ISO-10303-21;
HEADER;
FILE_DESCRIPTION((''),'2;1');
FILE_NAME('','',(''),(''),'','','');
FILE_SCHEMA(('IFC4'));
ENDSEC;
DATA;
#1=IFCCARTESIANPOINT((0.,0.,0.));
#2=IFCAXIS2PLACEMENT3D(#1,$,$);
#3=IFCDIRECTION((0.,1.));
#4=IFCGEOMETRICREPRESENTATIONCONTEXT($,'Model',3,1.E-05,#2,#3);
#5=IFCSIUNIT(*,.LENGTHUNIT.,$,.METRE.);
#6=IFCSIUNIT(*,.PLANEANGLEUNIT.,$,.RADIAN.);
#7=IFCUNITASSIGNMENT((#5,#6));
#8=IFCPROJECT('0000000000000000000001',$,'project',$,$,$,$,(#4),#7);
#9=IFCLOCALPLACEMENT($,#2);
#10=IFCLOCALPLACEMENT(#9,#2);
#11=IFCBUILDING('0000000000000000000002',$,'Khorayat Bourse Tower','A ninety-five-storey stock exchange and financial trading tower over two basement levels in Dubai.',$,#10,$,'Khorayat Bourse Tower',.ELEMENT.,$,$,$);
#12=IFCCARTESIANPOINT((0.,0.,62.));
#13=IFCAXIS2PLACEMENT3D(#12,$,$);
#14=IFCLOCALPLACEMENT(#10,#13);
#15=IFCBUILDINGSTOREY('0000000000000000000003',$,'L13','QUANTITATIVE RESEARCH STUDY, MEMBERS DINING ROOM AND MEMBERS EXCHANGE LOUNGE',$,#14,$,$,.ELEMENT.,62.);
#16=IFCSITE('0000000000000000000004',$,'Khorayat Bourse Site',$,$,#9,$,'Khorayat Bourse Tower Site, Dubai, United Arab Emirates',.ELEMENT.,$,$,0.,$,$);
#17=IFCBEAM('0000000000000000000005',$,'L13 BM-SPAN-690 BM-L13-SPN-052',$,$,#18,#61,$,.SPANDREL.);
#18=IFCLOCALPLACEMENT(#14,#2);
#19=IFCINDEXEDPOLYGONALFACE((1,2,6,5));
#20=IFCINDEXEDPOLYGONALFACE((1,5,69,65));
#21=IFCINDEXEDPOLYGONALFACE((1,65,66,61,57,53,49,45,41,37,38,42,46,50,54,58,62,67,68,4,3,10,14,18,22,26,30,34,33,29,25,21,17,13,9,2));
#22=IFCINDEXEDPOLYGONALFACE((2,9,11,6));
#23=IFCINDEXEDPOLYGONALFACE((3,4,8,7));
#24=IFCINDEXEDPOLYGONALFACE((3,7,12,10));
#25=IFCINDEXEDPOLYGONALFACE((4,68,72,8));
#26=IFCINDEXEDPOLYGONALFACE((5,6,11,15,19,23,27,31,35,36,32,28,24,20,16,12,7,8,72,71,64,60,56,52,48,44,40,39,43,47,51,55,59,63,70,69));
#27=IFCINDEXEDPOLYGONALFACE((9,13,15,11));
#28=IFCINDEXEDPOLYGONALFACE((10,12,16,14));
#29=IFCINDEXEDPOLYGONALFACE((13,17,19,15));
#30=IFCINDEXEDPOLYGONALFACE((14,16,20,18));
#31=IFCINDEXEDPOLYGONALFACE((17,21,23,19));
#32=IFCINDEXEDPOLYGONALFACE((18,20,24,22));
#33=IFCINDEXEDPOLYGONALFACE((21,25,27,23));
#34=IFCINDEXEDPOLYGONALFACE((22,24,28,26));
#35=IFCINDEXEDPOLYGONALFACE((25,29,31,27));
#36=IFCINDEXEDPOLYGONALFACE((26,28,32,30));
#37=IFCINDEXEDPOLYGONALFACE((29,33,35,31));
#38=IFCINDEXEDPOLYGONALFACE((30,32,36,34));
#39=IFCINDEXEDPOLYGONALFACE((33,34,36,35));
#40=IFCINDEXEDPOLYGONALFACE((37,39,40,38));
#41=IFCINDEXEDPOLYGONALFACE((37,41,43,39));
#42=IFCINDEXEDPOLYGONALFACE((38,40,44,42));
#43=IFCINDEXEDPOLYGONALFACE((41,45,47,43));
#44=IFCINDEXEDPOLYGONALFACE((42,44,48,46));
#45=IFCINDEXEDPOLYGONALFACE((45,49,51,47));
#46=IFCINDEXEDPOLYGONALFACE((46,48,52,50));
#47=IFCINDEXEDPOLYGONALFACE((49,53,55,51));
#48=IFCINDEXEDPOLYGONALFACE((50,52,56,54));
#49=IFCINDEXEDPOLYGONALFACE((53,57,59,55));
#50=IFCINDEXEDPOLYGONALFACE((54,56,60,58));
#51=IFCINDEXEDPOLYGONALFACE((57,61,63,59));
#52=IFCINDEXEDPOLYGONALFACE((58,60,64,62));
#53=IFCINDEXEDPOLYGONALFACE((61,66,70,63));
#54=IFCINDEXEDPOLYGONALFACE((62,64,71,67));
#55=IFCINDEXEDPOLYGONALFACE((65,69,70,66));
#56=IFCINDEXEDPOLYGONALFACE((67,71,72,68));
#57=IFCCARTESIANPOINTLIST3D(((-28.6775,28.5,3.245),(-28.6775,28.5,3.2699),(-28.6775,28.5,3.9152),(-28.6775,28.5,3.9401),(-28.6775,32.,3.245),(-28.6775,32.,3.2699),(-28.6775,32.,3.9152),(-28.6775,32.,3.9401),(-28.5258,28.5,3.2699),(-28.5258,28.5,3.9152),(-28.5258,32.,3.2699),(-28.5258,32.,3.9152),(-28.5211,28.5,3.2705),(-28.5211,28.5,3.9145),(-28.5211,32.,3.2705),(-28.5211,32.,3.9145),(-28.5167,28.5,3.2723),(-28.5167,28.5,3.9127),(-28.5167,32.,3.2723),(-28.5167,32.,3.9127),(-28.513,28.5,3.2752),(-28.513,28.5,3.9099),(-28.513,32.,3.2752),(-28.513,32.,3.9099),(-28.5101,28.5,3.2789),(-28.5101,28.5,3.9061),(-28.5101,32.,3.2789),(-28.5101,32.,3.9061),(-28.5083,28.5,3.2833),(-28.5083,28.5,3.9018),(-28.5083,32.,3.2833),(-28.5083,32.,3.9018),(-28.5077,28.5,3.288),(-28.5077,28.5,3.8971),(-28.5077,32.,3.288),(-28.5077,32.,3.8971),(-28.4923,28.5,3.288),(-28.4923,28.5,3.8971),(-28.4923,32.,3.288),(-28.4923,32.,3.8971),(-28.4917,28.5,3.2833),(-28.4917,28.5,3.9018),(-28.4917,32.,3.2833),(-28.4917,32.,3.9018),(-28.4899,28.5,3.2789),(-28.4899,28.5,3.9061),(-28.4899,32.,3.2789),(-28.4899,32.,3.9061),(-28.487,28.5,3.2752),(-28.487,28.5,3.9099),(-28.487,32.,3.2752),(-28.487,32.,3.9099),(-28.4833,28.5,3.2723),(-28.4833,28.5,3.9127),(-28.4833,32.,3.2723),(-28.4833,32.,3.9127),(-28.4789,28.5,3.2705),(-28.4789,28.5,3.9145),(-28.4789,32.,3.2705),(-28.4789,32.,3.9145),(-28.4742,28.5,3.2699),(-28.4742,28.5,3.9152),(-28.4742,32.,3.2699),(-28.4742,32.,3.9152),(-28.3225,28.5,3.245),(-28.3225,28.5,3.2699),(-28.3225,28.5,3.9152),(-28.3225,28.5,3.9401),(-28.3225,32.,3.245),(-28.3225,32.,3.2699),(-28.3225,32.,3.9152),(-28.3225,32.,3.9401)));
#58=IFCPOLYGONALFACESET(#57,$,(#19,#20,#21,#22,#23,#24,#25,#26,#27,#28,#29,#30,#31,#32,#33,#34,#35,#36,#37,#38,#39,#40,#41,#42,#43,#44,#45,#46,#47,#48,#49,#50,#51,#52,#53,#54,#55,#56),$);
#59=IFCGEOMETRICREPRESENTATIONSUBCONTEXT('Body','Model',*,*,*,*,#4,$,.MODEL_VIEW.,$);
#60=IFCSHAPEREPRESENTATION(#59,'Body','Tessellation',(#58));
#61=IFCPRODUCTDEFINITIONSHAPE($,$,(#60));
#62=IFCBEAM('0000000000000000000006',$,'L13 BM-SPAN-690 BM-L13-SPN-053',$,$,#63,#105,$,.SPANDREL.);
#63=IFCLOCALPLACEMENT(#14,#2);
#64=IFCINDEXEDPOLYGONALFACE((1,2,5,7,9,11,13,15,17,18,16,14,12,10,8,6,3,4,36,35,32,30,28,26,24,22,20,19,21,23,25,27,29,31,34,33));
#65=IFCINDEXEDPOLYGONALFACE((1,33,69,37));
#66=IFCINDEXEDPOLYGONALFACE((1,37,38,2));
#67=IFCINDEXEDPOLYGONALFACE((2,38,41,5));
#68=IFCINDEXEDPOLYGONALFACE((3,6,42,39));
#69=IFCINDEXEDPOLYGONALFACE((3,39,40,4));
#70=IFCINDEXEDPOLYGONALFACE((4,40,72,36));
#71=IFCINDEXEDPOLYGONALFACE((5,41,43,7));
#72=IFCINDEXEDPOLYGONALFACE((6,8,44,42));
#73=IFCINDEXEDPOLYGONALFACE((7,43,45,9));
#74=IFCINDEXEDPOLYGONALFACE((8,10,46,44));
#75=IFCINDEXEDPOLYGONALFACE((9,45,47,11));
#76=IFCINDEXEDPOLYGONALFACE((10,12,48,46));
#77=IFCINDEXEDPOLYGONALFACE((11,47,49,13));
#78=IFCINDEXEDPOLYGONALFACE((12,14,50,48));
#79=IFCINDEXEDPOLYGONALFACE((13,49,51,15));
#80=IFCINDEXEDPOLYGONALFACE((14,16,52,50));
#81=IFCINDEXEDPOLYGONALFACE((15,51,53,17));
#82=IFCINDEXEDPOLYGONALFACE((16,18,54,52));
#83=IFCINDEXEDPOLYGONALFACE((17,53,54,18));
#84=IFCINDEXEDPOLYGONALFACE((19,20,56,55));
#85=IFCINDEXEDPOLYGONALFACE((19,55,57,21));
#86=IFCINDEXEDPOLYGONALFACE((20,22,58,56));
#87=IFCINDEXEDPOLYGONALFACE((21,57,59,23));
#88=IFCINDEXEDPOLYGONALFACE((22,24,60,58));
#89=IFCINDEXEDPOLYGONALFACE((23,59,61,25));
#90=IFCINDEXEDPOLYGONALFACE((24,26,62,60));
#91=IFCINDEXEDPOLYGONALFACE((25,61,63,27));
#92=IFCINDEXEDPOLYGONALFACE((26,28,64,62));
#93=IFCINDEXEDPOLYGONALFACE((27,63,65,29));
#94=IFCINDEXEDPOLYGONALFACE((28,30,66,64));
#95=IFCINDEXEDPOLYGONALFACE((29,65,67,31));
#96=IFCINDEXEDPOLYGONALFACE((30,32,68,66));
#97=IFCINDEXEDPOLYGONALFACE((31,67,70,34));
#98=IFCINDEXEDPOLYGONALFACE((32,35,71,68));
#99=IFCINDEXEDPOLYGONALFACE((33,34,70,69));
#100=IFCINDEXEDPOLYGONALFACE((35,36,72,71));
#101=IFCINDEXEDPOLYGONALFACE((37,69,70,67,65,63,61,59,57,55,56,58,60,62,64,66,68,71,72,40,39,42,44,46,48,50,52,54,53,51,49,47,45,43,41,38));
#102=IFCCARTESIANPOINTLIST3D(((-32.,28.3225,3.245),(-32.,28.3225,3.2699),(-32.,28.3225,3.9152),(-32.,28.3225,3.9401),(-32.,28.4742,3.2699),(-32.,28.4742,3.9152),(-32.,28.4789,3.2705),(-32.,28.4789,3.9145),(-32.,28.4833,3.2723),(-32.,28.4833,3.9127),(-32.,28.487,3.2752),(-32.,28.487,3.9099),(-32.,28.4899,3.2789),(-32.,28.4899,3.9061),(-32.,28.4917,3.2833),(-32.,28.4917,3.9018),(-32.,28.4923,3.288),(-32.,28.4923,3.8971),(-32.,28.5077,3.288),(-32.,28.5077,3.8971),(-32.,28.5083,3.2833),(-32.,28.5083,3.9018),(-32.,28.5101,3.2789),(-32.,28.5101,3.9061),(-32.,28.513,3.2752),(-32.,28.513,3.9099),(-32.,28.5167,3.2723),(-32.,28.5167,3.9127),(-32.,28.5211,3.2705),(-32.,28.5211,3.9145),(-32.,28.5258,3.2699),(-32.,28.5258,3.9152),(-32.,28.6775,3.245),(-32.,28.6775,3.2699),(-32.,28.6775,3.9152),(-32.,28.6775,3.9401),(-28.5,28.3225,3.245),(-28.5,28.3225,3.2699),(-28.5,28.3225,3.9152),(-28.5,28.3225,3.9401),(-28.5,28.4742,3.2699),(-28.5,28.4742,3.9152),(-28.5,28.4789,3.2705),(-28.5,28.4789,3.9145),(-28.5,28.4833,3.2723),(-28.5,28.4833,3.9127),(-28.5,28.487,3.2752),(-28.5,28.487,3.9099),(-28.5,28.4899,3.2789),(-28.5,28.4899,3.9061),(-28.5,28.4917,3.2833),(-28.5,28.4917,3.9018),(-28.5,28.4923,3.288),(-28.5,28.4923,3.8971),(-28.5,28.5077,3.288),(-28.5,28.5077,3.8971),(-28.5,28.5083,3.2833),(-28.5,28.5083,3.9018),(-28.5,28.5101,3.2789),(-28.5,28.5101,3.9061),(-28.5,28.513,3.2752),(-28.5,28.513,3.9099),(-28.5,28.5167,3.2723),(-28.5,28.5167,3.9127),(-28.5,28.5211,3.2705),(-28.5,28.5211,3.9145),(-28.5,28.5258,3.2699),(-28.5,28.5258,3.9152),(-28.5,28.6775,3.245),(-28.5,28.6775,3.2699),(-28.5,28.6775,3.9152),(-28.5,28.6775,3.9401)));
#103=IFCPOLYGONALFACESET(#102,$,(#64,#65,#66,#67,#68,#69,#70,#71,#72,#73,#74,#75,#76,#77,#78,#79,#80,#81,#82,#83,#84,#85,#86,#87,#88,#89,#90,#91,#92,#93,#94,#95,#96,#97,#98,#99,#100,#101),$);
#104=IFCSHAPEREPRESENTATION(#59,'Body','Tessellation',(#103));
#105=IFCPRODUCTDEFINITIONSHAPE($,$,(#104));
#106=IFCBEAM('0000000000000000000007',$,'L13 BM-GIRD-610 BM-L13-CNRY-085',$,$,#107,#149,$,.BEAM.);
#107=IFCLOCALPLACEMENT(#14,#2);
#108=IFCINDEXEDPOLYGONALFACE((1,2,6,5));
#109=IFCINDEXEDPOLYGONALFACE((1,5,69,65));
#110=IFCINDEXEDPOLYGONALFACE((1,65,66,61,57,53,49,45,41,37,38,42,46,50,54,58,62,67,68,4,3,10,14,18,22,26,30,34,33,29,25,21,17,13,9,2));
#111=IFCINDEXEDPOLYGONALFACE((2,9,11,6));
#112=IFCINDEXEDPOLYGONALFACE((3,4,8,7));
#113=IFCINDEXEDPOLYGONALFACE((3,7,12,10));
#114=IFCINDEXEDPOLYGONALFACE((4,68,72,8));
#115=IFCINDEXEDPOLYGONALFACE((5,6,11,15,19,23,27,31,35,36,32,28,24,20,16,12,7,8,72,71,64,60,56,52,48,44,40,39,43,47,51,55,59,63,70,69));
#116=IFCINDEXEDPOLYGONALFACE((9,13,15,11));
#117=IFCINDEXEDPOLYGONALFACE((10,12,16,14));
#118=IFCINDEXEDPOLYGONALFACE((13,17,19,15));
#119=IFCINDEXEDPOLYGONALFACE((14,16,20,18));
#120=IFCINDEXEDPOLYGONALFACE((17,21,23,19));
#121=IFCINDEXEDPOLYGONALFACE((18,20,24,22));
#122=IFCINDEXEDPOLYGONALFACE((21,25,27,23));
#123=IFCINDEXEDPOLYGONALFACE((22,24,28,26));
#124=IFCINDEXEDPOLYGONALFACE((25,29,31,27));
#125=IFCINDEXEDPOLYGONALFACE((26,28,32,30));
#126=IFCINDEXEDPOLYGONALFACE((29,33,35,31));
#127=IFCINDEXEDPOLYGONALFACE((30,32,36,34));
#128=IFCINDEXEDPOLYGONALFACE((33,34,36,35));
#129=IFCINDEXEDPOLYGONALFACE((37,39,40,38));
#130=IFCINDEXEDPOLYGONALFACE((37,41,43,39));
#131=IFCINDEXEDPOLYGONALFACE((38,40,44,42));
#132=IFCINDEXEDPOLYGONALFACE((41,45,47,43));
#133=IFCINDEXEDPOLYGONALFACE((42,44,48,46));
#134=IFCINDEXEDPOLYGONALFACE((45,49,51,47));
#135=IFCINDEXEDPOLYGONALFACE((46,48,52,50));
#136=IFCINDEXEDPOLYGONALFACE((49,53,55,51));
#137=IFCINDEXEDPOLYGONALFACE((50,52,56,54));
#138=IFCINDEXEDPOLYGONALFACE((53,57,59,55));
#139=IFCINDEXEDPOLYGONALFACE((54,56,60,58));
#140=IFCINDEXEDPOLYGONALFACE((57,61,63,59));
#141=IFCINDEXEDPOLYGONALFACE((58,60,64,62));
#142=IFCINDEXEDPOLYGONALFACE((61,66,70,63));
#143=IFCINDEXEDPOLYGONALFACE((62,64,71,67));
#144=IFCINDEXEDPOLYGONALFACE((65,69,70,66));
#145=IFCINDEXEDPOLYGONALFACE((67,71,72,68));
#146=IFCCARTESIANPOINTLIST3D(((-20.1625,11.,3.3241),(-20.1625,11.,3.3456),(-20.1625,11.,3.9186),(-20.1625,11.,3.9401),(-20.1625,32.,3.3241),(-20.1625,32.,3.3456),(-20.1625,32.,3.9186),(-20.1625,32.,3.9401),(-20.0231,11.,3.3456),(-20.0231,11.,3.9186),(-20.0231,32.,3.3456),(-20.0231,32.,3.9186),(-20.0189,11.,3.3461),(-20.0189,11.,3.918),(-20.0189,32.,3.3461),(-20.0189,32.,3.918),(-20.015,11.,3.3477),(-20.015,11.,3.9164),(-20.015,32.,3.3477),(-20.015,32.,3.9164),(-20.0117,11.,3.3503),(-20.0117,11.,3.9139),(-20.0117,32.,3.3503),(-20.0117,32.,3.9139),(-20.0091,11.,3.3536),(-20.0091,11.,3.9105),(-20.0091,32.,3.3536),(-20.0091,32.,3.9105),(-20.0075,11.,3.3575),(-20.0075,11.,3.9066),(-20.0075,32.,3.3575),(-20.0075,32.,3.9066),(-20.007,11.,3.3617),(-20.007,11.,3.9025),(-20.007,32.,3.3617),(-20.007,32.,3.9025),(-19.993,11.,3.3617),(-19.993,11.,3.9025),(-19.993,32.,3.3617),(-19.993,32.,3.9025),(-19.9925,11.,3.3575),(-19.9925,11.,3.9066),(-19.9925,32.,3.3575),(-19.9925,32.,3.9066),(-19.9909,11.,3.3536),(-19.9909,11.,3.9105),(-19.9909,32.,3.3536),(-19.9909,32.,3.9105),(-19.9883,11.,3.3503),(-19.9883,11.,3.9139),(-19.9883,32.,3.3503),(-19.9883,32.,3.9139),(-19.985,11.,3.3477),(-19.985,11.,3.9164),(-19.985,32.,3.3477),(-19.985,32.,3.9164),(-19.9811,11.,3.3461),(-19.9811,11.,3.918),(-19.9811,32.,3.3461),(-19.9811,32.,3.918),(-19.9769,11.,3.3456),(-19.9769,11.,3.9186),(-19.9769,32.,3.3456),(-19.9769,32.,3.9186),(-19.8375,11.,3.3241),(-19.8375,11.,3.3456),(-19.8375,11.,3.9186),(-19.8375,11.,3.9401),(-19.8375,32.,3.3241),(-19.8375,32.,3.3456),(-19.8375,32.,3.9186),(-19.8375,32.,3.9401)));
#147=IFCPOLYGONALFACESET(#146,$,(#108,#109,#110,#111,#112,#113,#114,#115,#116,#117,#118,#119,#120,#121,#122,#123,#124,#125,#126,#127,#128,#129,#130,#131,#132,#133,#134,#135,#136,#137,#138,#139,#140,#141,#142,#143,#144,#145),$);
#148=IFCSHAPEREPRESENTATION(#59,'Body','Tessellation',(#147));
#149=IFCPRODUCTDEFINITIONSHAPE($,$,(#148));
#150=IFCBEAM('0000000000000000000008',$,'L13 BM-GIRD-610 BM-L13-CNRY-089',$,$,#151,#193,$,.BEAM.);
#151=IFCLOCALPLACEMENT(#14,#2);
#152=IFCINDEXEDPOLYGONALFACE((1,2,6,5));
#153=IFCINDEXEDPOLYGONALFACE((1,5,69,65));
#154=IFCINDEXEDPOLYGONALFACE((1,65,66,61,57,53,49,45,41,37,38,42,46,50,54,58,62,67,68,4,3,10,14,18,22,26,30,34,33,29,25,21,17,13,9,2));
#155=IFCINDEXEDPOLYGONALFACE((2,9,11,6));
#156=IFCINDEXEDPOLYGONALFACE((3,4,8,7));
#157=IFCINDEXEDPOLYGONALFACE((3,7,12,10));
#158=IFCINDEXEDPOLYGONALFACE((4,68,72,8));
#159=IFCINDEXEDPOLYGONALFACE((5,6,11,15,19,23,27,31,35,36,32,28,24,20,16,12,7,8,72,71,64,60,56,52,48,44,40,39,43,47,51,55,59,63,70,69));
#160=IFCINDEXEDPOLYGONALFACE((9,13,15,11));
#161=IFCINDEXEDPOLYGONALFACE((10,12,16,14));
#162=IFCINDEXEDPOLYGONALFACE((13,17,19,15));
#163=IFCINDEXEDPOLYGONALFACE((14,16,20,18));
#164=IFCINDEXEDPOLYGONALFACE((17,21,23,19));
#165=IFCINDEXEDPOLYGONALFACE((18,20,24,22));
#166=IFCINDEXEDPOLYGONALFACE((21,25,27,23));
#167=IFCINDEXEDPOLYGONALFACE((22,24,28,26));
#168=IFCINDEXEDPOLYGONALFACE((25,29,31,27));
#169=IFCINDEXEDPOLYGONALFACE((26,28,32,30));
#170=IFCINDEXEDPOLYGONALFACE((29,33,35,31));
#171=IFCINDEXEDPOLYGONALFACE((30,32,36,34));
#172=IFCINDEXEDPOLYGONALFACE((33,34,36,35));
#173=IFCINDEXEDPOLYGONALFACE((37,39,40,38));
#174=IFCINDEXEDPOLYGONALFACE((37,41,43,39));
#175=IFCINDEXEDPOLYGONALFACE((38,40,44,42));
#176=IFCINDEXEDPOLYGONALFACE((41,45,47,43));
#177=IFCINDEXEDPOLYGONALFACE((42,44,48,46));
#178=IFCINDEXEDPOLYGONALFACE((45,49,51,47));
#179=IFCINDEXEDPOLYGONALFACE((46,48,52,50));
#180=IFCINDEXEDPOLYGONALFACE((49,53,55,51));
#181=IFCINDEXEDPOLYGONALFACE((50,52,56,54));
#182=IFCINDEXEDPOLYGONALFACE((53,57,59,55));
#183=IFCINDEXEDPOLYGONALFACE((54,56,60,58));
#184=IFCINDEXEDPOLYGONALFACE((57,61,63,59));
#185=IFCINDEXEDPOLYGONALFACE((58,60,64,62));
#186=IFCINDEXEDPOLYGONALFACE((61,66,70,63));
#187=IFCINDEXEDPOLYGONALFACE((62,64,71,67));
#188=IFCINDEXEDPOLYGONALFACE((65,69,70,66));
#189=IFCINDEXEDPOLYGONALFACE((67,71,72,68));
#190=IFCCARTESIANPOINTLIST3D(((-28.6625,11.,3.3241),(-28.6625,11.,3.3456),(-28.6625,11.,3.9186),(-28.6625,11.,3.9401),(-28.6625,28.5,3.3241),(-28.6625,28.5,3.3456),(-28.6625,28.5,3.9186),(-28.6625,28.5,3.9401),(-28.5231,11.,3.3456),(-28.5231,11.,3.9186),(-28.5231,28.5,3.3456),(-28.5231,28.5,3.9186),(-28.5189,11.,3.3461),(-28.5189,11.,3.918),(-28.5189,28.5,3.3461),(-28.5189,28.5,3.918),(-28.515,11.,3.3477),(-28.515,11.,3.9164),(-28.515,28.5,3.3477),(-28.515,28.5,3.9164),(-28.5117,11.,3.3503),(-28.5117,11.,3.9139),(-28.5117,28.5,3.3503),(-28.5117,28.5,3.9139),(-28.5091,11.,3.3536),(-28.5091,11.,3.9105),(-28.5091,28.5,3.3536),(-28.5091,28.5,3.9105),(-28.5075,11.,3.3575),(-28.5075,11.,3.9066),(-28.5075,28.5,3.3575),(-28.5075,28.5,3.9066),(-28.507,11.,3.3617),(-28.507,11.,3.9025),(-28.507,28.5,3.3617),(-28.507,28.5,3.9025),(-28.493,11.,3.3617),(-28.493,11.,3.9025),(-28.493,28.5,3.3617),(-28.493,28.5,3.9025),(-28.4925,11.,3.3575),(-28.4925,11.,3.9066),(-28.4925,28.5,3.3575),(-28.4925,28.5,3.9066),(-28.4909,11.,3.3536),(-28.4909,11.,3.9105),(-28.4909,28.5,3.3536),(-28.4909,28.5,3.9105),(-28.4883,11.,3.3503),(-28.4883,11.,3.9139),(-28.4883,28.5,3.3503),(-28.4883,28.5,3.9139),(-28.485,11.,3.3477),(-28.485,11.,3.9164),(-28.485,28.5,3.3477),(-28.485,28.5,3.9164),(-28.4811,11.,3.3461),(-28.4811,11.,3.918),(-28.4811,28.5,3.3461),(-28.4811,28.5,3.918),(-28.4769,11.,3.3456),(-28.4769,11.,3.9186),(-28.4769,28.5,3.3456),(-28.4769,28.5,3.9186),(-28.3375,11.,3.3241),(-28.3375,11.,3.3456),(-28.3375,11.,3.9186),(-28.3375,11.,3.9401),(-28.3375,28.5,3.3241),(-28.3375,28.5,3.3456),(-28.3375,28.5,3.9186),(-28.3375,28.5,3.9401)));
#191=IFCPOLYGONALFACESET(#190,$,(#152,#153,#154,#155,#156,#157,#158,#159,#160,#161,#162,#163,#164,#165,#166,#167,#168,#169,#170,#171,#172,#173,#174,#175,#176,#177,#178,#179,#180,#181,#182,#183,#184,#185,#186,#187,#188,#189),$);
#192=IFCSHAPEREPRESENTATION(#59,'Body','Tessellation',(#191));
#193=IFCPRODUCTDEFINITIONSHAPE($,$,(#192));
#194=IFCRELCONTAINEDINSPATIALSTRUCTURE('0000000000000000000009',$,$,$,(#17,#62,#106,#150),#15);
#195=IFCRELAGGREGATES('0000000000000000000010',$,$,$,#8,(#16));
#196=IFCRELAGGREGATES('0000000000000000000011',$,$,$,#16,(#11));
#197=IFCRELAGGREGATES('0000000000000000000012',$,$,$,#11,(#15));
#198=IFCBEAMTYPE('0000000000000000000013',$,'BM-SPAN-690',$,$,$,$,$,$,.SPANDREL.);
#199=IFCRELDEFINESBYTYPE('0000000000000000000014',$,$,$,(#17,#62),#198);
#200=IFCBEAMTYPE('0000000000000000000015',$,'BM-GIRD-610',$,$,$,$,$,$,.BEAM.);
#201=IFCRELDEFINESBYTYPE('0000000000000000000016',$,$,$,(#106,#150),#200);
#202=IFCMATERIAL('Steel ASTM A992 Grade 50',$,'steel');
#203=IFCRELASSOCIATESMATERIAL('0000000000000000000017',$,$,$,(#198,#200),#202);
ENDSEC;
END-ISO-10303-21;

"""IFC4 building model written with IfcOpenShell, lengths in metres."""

from ifc_helpers import new_model, si_unit, direction, frame, origin, origin_2d, place, context, subcontext, project, spatial, i_section, extrude, source, transform, mapped, material, material_profile, profile_set, type_object, element, save


model = new_model("IFC4")

# Units and contexts
model_context = context("Model", 3, precision=1e-05, world=origin(), true_north=direction((0.0, 1.0)))
body_context = subcontext(model_context, "Body", "Model", "MODEL_VIEW")
ifc_project = project(units=[si_unit("LENGTHUNIT", "METRE"), si_unit("PLANEANGLEUNIT", "RADIAN")], contexts=[model_context])

# Site, building, storey
site_placement = place(None, origin())
site = spatial("IfcSite", under=ifc_project, at=site_placement, Name="Khorayat Bourse Site", LongName="Khorayat Bourse Tower Site, Dubai, United Arab Emirates", CompositionType="ELEMENT", RefElevation=0.0)
building_placement = place(site_placement, origin())
building = spatial("IfcBuilding", under=site, at=building_placement, Name="Khorayat Bourse Tower", Description="A ninety-five-storey stock exchange and financial trading tower over two basement levels in Dubai.", LongName="Khorayat Bourse Tower", CompositionType="ELEMENT")
storey_placement = place(building_placement, frame((0.0, 0.0, 62.0)))
storey = spatial("IfcBuildingStorey", under=building, at=storey_placement, Name="L13", Description="QUANTITATIVE RESEARCH STUDY, MEMBERS DINING ROOM AND MEMBERS EXCHANGE LOUNGE", CompositionType="ELEMENT", Elevation=62.0)

# Beams
ifc_material_1 = material(Name="Steel ASTM A992 Grade 50", Category="steel")
ifc_material_profile_1 = material_profile(ifc_material_1, i_section(OverallWidth=0.355, OverallDepth=0.6951, WebThickness=0.0154, FlangeThickness=0.0249, FilletRadius=0.0181, at=origin_2d()), Name="W690X217")
ifc_profile_set_1 = profile_set([ifc_material_profile_1], Name="Steel ASTM A992 Grade 50")
beam_type_1 = type_object("IfcBeamType", Name="BM-SPAN-690", PredefinedType="SPANDREL", material=ifc_profile_set_1)
shared_shape_1 = source(origin(), body_context, "Body", "SweptSolid", [
    extrude(i_section(OverallWidth=0.355, OverallDepth=0.6951, WebThickness=0.0154, FlangeThickness=0.0249, FilletRadius=0.0181, at=origin_2d()), origin(), (0.0, 0.0, 1.0), 3.5),
])
for number, where, z_axis, x_axis, name in (
    (1, (-28.5, 28.5, 3.5925), (0.0, 1.0, 0.0), (-1.0, 0.0, 0.0), "L13 BM-SPAN-690 BM-L13-SPN-052"),
    (2, (-32.0, 28.5, 3.5925), (1.0, 0.0, 0.0), (0.0, 1.0, 0.0), "L13 BM-SPAN-690 BM-L13-SPN-053"),
):
    element("IfcBeam", number, at=place(storey_placement, frame(where, z_axis=z_axis, x_axis=x_axis)), inside=storey, type_object=beam_type_1, Name=name, PredefinedType="SPANDREL", context=body_context, shape_type="MappedRepresentation", body=[
        mapped(shared_shape_1, transform((0.0, 0.0, 0.0), scale=1.0)),
    ])
ifc_material_profile_2 = material_profile(ifc_material_1, i_section(OverallWidth=0.325, OverallDepth=0.616, WebThickness=0.0139, FlangeThickness=0.0215, FilletRadius=0.0161, at=origin_2d()), Name="W610X174")
ifc_profile_set_2 = profile_set([ifc_material_profile_2], Name="Steel ASTM A992 Grade 50")
beam_type_2 = type_object("IfcBeamType", Name="BM-GIRD-610", PredefinedType="BEAM", material=ifc_profile_set_2)
shared_shape_2 = source(origin(), body_context, "Body", "SweptSolid", [
    extrude(i_section(OverallWidth=0.325, OverallDepth=0.616, WebThickness=0.0139, FlangeThickness=0.0215, FilletRadius=0.0161, at=origin_2d()), origin(), (0.0, 0.0, 1.0), 21.0),
])
beam_1_placement = place(storey_placement, frame((-20.0, 11.0, 3.6321), z_axis=(0.0, 1.0, 0.0), x_axis=(-1.0, 0.0, 0.0)))
element("IfcBeam", 3, at=beam_1_placement, inside=storey, type_object=beam_type_2, Name="L13 BM-GIRD-610 BM-L13-CNRY-085", PredefinedType="BEAM", context=body_context, shape_type="MappedRepresentation", body=[
    mapped(shared_shape_2, transform((0.0, 0.0, 0.0), scale=1.0)),
])
shared_shape_3 = source(origin(), body_context, "Body", "SweptSolid", [
    extrude(i_section(OverallWidth=0.325, OverallDepth=0.616, WebThickness=0.0139, FlangeThickness=0.0215, FilletRadius=0.0161, at=origin_2d()), origin(), (0.0, 0.0, 1.0), 17.5),
])
beam_2_placement = place(storey_placement, frame((-28.5, 11.0, 3.6321), z_axis=(0.0, 1.0, 0.0), x_axis=(-1.0, 0.0, 0.0)))
element("IfcBeam", 4, at=beam_2_placement, inside=storey, type_object=beam_type_2, Name="L13 BM-GIRD-610 BM-L13-CNRY-089", PredefinedType="BEAM", context=body_context, shape_type="MappedRepresentation", body=[
    mapped(shared_shape_3, transform((0.0, 0.0, 0.0), scale=1.0)),
])

save(model, "model.ifc")
